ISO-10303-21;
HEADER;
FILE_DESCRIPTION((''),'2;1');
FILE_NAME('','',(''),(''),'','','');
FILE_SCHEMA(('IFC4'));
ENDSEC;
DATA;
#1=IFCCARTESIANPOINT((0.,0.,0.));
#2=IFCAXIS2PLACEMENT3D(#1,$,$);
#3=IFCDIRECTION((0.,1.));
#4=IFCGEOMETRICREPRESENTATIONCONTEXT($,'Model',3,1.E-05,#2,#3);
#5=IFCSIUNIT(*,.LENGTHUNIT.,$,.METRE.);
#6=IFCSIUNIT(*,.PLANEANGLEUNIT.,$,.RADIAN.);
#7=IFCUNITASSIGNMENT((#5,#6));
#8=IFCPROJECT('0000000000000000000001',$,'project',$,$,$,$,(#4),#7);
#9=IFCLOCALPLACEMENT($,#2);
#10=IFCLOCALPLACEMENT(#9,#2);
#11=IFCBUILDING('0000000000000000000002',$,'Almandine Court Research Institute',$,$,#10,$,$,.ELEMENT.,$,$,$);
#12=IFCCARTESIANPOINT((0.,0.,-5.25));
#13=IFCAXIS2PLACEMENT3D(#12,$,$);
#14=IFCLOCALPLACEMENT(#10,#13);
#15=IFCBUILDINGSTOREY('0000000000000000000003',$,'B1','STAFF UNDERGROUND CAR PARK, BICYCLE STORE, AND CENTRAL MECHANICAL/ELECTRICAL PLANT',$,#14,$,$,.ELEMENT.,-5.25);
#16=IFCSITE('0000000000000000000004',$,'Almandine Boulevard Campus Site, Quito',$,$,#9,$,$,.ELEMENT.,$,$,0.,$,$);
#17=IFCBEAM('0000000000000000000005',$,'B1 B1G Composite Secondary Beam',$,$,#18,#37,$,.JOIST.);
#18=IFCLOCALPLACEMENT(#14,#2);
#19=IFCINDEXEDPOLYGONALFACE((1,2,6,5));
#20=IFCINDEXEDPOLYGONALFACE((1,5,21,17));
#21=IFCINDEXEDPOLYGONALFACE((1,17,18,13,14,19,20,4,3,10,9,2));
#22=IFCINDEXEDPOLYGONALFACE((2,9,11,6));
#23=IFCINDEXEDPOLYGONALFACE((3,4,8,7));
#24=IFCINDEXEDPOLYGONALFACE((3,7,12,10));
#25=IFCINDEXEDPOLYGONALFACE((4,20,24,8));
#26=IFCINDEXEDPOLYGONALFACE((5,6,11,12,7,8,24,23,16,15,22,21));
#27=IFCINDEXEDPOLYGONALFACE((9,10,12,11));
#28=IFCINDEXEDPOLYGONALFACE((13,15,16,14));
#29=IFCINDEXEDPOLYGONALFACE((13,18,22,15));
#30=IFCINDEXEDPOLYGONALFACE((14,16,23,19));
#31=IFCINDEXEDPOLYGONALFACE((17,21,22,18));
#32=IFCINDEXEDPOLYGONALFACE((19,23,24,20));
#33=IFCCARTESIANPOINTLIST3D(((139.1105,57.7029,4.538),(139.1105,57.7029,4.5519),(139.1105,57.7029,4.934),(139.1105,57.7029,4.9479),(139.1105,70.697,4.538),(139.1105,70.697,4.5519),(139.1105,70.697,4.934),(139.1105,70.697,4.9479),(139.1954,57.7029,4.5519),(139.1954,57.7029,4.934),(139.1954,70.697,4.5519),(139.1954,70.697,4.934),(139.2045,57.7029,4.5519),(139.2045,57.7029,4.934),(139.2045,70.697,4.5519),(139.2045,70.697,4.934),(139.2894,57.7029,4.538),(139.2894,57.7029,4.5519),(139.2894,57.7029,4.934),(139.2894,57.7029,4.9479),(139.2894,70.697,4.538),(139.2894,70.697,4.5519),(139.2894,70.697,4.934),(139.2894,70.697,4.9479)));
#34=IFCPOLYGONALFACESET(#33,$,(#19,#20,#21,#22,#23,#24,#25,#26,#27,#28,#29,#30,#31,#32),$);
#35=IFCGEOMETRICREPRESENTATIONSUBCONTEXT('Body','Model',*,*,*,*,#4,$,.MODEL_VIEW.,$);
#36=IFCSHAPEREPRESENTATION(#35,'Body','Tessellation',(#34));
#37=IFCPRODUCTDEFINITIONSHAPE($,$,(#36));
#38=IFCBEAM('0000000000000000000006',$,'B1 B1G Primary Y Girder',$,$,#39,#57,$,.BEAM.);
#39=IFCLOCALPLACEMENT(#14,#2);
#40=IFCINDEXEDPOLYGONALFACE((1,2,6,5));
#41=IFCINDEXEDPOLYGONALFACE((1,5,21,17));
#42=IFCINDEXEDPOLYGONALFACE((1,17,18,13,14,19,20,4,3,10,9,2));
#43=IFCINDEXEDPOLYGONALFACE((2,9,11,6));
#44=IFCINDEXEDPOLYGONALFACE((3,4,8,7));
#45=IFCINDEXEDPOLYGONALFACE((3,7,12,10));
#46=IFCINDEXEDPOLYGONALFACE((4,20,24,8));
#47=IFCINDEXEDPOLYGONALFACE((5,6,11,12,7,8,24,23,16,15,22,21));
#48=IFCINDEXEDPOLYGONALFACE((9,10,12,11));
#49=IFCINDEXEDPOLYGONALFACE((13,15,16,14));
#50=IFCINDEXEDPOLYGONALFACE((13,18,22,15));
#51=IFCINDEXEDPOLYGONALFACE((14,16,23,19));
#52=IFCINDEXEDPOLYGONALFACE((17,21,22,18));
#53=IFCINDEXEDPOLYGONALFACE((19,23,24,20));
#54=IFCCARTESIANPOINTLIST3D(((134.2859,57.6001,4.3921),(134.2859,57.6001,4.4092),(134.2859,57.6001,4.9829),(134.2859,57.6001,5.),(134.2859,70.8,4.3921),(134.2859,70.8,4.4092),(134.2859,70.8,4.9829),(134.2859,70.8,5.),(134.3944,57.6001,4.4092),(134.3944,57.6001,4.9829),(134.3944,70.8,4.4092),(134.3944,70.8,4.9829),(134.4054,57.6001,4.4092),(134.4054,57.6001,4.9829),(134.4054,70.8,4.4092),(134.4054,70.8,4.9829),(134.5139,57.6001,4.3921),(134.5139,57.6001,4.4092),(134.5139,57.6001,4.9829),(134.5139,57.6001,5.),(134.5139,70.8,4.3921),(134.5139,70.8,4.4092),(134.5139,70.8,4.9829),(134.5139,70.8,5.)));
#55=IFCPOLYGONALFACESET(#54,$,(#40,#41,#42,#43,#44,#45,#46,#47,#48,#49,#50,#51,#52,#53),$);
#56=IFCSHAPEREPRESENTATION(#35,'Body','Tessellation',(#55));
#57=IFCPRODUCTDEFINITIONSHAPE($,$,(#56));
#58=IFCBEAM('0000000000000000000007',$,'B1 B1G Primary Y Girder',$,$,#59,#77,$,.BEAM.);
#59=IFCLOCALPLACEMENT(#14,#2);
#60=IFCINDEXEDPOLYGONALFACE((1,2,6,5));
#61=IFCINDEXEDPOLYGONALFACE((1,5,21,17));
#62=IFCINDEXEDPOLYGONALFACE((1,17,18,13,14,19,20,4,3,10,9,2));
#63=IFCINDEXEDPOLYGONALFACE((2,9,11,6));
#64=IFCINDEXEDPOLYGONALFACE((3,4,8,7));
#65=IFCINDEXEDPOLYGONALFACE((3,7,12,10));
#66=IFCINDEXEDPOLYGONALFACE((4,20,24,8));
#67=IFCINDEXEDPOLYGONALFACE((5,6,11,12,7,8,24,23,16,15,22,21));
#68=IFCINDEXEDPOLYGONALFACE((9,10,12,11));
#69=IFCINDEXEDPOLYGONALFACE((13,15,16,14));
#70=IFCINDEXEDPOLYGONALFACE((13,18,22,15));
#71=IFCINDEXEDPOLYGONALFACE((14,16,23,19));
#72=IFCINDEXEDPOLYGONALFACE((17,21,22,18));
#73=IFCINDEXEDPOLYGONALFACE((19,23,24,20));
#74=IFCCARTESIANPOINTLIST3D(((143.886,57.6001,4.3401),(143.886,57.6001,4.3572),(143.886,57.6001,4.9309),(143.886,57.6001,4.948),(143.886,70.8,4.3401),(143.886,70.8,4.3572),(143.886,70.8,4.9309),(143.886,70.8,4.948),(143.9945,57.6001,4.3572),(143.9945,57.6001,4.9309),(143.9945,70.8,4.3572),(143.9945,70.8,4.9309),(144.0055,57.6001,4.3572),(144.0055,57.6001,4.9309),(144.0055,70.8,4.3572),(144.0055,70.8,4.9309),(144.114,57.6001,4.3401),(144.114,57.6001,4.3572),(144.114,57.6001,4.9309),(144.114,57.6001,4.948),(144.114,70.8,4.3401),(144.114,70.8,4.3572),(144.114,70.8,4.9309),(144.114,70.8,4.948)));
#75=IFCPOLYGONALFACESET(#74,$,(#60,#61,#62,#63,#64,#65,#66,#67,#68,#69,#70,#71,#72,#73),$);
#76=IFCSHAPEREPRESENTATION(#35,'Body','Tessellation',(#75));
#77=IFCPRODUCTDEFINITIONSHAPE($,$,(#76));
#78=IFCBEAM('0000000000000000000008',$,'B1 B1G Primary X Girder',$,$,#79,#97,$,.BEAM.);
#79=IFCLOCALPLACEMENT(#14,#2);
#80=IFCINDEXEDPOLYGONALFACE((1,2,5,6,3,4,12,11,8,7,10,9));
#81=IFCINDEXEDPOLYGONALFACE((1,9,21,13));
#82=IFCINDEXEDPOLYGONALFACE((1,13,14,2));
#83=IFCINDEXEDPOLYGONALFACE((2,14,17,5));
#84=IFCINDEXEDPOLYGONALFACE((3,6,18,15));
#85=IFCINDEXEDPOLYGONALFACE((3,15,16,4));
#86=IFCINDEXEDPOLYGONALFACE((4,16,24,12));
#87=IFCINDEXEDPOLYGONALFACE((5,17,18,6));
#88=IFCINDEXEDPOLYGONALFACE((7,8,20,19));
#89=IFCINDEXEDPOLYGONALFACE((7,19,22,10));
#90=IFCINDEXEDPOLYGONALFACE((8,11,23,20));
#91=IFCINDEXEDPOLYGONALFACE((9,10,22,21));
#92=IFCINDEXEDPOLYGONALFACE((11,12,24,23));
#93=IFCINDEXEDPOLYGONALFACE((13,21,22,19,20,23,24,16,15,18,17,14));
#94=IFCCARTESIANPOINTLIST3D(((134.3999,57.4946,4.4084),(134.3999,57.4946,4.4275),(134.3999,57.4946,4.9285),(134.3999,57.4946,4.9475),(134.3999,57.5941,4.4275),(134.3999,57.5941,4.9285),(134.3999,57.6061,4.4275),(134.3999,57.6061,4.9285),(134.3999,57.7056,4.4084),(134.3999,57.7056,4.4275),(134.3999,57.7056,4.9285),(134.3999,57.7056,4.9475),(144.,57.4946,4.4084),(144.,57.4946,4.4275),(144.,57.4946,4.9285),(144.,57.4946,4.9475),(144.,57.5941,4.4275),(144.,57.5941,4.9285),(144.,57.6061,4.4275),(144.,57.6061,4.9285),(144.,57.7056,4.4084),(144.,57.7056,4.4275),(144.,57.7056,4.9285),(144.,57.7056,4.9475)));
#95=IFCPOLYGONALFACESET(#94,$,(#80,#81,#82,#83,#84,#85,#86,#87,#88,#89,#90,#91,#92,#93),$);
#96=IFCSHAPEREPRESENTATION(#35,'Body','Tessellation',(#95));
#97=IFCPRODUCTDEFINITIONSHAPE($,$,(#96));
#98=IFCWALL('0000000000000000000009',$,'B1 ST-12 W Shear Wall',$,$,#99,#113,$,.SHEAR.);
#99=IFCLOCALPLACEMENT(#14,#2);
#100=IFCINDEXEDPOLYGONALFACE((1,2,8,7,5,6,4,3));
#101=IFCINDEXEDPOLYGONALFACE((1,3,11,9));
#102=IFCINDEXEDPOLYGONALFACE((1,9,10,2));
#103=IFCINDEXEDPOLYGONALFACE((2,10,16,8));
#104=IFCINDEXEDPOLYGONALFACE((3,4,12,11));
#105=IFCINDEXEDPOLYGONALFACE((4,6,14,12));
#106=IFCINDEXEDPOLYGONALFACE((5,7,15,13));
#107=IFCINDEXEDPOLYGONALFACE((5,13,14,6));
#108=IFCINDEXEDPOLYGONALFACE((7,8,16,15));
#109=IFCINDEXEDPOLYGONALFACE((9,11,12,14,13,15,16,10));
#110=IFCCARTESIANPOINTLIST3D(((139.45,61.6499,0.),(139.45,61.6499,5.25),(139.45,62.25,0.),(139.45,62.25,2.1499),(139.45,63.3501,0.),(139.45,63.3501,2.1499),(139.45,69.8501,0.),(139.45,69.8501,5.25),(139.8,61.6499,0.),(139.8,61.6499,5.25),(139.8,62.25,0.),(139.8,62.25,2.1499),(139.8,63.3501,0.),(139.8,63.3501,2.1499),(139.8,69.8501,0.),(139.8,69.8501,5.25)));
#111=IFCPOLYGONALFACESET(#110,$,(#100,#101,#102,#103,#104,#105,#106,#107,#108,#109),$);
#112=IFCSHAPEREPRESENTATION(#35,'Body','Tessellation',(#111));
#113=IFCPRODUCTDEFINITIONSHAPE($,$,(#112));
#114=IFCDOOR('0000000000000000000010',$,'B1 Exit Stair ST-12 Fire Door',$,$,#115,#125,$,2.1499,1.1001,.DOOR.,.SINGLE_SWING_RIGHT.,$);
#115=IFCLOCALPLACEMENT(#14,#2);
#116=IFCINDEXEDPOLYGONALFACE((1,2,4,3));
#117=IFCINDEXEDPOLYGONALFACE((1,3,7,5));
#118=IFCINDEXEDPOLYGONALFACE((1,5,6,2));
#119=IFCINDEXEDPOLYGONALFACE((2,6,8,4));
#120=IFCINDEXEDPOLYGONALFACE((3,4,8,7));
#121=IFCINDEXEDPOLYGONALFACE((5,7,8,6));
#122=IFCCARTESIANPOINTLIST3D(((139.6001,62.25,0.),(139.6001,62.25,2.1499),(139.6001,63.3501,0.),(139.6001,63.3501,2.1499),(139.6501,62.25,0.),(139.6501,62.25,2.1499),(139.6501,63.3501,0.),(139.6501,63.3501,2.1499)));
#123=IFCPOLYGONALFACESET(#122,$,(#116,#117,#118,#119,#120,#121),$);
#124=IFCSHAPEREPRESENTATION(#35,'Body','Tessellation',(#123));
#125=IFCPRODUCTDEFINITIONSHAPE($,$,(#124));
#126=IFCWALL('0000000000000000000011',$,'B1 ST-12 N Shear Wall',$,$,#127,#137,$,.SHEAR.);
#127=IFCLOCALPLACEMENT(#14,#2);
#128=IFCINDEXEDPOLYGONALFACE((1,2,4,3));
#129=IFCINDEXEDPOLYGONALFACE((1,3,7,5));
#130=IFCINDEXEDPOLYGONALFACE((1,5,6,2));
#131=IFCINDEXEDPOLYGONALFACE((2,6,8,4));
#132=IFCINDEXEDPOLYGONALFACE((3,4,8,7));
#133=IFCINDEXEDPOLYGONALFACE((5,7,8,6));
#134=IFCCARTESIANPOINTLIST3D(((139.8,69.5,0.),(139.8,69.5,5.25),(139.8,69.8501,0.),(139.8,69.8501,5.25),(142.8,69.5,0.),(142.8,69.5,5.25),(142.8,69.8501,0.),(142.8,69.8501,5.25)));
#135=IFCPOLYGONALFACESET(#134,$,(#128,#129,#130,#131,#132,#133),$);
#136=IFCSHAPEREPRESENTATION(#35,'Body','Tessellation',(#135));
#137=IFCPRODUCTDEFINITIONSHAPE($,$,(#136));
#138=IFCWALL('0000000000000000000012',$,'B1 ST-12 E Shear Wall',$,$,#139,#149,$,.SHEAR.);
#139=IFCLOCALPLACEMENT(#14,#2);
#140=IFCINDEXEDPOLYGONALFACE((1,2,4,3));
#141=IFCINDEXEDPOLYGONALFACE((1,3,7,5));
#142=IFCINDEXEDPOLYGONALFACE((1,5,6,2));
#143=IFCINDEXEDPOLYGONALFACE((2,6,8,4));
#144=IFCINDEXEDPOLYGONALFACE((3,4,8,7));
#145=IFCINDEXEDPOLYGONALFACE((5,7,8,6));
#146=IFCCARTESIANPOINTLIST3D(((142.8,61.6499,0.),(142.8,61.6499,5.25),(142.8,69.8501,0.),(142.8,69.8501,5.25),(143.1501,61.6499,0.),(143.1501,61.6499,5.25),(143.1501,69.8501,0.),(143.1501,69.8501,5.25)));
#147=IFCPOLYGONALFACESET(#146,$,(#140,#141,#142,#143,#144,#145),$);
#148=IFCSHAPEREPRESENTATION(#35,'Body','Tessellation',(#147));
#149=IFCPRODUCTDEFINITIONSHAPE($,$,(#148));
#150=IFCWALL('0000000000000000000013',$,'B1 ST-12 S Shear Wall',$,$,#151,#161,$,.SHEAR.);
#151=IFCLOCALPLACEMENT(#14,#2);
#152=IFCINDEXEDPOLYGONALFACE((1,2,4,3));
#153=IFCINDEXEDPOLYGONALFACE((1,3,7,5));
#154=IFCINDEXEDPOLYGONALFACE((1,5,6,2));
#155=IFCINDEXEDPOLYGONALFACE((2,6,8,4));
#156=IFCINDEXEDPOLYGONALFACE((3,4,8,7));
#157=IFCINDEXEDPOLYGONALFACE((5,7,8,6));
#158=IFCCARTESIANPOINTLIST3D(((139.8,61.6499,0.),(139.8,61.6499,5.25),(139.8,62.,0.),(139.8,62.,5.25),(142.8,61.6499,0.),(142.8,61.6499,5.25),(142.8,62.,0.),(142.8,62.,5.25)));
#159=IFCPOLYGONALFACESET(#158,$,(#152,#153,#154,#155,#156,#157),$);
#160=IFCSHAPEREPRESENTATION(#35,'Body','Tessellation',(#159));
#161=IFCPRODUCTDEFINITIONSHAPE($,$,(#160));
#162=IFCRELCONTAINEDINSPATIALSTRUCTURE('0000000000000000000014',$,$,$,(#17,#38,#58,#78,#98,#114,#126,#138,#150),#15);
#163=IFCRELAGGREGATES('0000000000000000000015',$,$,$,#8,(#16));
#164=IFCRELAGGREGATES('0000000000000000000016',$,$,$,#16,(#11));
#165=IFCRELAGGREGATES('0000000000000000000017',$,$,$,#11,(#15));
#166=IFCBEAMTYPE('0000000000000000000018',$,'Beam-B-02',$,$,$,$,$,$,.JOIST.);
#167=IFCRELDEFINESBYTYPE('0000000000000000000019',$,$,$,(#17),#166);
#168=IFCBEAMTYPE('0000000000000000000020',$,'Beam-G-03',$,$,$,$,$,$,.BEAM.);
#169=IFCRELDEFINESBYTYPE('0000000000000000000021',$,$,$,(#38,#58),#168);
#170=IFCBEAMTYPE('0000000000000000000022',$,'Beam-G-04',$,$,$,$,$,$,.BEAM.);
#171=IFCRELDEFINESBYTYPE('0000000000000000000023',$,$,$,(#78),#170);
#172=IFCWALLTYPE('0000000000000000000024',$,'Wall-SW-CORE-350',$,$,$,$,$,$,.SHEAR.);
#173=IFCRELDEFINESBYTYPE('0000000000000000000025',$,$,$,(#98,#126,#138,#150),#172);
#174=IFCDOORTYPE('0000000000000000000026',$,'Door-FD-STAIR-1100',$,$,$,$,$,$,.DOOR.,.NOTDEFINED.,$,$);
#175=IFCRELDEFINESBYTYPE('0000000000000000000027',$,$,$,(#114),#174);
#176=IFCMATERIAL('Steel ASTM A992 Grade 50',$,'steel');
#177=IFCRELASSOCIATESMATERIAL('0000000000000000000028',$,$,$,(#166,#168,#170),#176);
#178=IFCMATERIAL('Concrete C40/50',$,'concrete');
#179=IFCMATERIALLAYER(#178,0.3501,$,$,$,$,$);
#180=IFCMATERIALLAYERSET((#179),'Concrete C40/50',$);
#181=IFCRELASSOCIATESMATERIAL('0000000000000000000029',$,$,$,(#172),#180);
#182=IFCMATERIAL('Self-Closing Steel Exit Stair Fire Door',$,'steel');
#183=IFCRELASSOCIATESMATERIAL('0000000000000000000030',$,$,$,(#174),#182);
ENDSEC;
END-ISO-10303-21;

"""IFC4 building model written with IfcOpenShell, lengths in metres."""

from ifc_helpers import new_model, si_unit, direction, frame, frame_2d, origin, origin_2d, place, context, subcontext, project, spatial, rectangle, i_section, extrude, material, layer, layer_set, material_profile, profile_set, type_object, element, fill, save


model = new_model("IFC4")

# Units and contexts
model_context = context("Model", 3, precision=1e-05, world=origin(), true_north=direction((0.0, 1.0)))
body_context = subcontext(model_context, "Body", "Model", "MODEL_VIEW")
ifc_project = project(units=[si_unit("LENGTHUNIT", "METRE"), si_unit("PLANEANGLEUNIT", "RADIAN")], contexts=[model_context])

# Site, building, storey
site_placement = place(None, origin())
site = spatial("IfcSite", under=ifc_project, at=site_placement, Name="Almandine Boulevard Campus Site, Quito", CompositionType="ELEMENT", RefElevation=0.0)
building_placement = place(site_placement, origin())
building = spatial("IfcBuilding", under=site, at=building_placement, Name="Almandine Court Research Institute", CompositionType="ELEMENT")
storey_placement = place(building_placement, frame((0.0, 0.0, -5.25)))
storey = spatial("IfcBuildingStorey", under=building, at=storey_placement, Name="B1", Description="STAFF UNDERGROUND CAR PARK, BICYCLE STORE, AND CENTRAL MECHANICAL/ELECTRICAL PLANT", CompositionType="ELEMENT", Elevation=-5.25)

# Shared definitions
ifc_material_1 = material(Name="Concrete C40/50", Category="concrete")

# Beams
ifc_material_2 = material(Name="Steel ASTM A992 Grade 50", Category="steel")
ifc_material_profile_1 = material_profile(ifc_material_2, i_section(OverallWidth=0.179, OverallDepth=0.4099, WebThickness=0.009, FlangeThickness=0.0139, at=origin_2d()), Name="W410x67")
ifc_profile_set_1 = profile_set([ifc_material_profile_1], Name="Steel ASTM A992 Grade 50")
beam_type_1 = type_object("IfcBeamType", Name="Beam-B-02", PredefinedType="JOIST", material=ifc_profile_set_1)
beam_1_placement = place(storey_placement, frame((139.2, 57.7029, 4.7429), z_axis=(0.0, 1.0, 0.0), x_axis=(-1.0, 0.0, 0.0)))
element("IfcBeam", 1, at=beam_1_placement, inside=storey, type_object=beam_type_1, Name="B1 B1G Composite Secondary Beam", PredefinedType="JOIST", context=body_context, shape_type="SweptSolid", body=[
    extrude(i_section(OverallWidth=0.179, OverallDepth=0.4099, WebThickness=0.009, FlangeThickness=0.0139, at=origin_2d()), origin(), (0.0, 0.0, 1.0), 12.9941),
])
ifc_material_profile_2 = material_profile(ifc_material_2, i_section(OverallWidth=0.228, OverallDepth=0.6079, WebThickness=0.011, FlangeThickness=0.0171, at=origin_2d()), Name="W610x113")
ifc_profile_set_2 = profile_set([ifc_material_profile_2], Name="Steel ASTM A992 Grade 50")
beam_type_2 = type_object("IfcBeamType", Name="Beam-G-03", PredefinedType="BEAM", material=ifc_profile_set_2)
for number, where, z_axis, x_axis, name in (
    (2, (134.3999, 57.6001, 4.696), (0.0, 1.0, 0.0), (-1.0, 0.0, 0.0), "B1 B1G Primary Y Girder"),
    (3, (144.0, 57.6001, 4.644), (0.0, 1.0, 0.0), (-1.0, 0.0, 0.0), "B1 B1G Primary Y Girder"),
):
    element("IfcBeam", number, at=place(storey_placement, frame(where, z_axis=z_axis, x_axis=x_axis)), inside=storey, type_object=beam_type_2, Name=name, PredefinedType="BEAM", context=body_context, shape_type="SweptSolid", body=[
        extrude(i_section(OverallWidth=0.228, OverallDepth=0.6079, WebThickness=0.011, FlangeThickness=0.0171, at=origin_2d()), origin(), (0.0, 0.0, 1.0), 13.2),
    ])
ifc_material_profile_3 = material_profile(ifc_material_2, i_section(OverallWidth=0.2109, OverallDepth=0.5391, WebThickness=0.012, FlangeThickness=0.019, at=origin_2d()), Name="W530x109")
ifc_profile_set_3 = profile_set([ifc_material_profile_3], Name="Steel ASTM A992 Grade 50")
beam_type_3 = type_object("IfcBeamType", Name="Beam-G-04", PredefinedType="BEAM", material=ifc_profile_set_3)
beam_2_placement = place(storey_placement, frame((134.3999, 57.6001, 4.678), z_axis=(1.0, 0.0, 0.0), x_axis=(0.0, 1.0, 0.0)))
element("IfcBeam", 4, at=beam_2_placement, inside=storey, type_object=beam_type_3, Name="B1 B1G Primary X Girder", PredefinedType="BEAM", context=body_context, shape_type="SweptSolid", body=[
    extrude(i_section(OverallWidth=0.2109, OverallDepth=0.5391, WebThickness=0.012, FlangeThickness=0.019, at=origin_2d()), origin(), (0.0, 0.0, 1.0), 9.6001),
])

# Wall, opening, door
ifc_layer_1 = layer(ifc_material_1, 0.3501)
ifc_layer_set_1 = layer_set([ifc_layer_1], Name="Concrete C40/50")
wall_type = type_object("IfcWallType", Name="Wall-SW-CORE-350", PredefinedType="SHEAR", material=ifc_layer_set_1)
wall_1_placement = place(storey_placement, frame((139.625, 61.6499, 0.0), z_axis=(0.0, 0.0, 1.0), x_axis=(0.0, 1.0, 0.0)))
wall_1 = element("IfcWall", 5, at=wall_1_placement, inside=storey, type_object=wall_type, Name="B1 ST-12 W Shear Wall", PredefinedType="SHEAR", context=body_context, shape_type="SweptSolid", body=[
    extrude(rectangle(XDim=8.2002, YDim=0.3501, at=frame_2d((4.1001, 0.0))), origin(), (0.0, 0.0, 1.0), 5.25),
])
opening_placement = place(wall_1_placement, frame((0.6001, 0.0, 0.0)))
opening = element("IfcOpeningElement", 6, at=opening_placement, cuts=wall_1, PredefinedType="OPENING", context=body_context, shape_type="SweptSolid", body=[
    extrude(rectangle(XDim=1.1001, YDim=2.1499, at=frame_2d((0.55, 1.075))), frame((0.0, 0.1851, 0.0), z_axis=(0.0, -1.0, 0.0), x_axis=(1.0, 0.0, 0.0)), (0.0, 0.0, 1.0), 0.3701),
])
ifc_material_3 = material(Name="Self-Closing Steel Exit Stair Fire Door", Category="steel")
door_type = type_object("IfcDoorType", Name="Door-FD-STAIR-1100", OperationType="NOTDEFINED", PredefinedType="DOOR", material=ifc_material_3)
door_placement = place(opening_placement, origin())
door = element("IfcDoor", 7, at=door_placement, inside=storey, type_object=door_type, Name="B1 Exit Stair ST-12 Fire Door", OperationType="SINGLE_SWING_RIGHT", OverallHeight=2.1499, OverallWidth=1.1001, PredefinedType="DOOR", context=body_context, shape_type="SweptSolid", body=[
    extrude(rectangle(XDim=1.1001, YDim=2.1499, at=frame_2d((0.55, 1.075))), frame((0.0, 0.0249, 0.0), z_axis=(0.0, -1.0, 0.0), x_axis=(1.0, 0.0, 0.0)), (0.0, 0.0, 1.0), 0.05),
])
fill(opening, door)

# Walls
wall_2_placement = place(storey_placement, frame((139.8, 69.675, 0.0), z_axis=(0.0, 0.0, 1.0), x_axis=(1.0, 0.0, 0.0)))
element("IfcWall", 8, at=wall_2_placement, inside=storey, type_object=wall_type, Name="B1 ST-12 N Shear Wall", PredefinedType="SHEAR", context=body_context, shape_type="SweptSolid", body=[
    extrude(rectangle(XDim=3.0, YDim=0.3501, at=frame_2d((1.5, 0.0))), origin(), (0.0, 0.0, 1.0), 5.25),
])
wall_3_placement = place(storey_placement, frame((142.9751, 69.8501, 0.0), z_axis=(0.0, 0.0, 1.0), x_axis=(0.0, -1.0, 0.0)))
element("IfcWall", 9, at=wall_3_placement, inside=storey, type_object=wall_type, Name="B1 ST-12 E Shear Wall", PredefinedType="SHEAR", context=body_context, shape_type="SweptSolid", body=[
    extrude(rectangle(XDim=8.2002, YDim=0.3501, at=frame_2d((4.1001, 0.0))), origin(), (0.0, 0.0, 1.0), 5.25),
])
wall_4_placement = place(storey_placement, frame((142.8, 61.825, 0.0), z_axis=(0.0, 0.0, 1.0), x_axis=(-1.0, 0.0, 0.0)))
element("IfcWall", 10, at=wall_4_placement, inside=storey, type_object=wall_type, Name="B1 ST-12 S Shear Wall", PredefinedType="SHEAR", context=body_context, shape_type="SweptSolid", body=[
    extrude(rectangle(XDim=3.0, YDim=0.3501, at=frame_2d((1.5, 0.0))), origin(), (0.0, 0.0, 1.0), 5.25),
])

save(model, "model.ifc")
